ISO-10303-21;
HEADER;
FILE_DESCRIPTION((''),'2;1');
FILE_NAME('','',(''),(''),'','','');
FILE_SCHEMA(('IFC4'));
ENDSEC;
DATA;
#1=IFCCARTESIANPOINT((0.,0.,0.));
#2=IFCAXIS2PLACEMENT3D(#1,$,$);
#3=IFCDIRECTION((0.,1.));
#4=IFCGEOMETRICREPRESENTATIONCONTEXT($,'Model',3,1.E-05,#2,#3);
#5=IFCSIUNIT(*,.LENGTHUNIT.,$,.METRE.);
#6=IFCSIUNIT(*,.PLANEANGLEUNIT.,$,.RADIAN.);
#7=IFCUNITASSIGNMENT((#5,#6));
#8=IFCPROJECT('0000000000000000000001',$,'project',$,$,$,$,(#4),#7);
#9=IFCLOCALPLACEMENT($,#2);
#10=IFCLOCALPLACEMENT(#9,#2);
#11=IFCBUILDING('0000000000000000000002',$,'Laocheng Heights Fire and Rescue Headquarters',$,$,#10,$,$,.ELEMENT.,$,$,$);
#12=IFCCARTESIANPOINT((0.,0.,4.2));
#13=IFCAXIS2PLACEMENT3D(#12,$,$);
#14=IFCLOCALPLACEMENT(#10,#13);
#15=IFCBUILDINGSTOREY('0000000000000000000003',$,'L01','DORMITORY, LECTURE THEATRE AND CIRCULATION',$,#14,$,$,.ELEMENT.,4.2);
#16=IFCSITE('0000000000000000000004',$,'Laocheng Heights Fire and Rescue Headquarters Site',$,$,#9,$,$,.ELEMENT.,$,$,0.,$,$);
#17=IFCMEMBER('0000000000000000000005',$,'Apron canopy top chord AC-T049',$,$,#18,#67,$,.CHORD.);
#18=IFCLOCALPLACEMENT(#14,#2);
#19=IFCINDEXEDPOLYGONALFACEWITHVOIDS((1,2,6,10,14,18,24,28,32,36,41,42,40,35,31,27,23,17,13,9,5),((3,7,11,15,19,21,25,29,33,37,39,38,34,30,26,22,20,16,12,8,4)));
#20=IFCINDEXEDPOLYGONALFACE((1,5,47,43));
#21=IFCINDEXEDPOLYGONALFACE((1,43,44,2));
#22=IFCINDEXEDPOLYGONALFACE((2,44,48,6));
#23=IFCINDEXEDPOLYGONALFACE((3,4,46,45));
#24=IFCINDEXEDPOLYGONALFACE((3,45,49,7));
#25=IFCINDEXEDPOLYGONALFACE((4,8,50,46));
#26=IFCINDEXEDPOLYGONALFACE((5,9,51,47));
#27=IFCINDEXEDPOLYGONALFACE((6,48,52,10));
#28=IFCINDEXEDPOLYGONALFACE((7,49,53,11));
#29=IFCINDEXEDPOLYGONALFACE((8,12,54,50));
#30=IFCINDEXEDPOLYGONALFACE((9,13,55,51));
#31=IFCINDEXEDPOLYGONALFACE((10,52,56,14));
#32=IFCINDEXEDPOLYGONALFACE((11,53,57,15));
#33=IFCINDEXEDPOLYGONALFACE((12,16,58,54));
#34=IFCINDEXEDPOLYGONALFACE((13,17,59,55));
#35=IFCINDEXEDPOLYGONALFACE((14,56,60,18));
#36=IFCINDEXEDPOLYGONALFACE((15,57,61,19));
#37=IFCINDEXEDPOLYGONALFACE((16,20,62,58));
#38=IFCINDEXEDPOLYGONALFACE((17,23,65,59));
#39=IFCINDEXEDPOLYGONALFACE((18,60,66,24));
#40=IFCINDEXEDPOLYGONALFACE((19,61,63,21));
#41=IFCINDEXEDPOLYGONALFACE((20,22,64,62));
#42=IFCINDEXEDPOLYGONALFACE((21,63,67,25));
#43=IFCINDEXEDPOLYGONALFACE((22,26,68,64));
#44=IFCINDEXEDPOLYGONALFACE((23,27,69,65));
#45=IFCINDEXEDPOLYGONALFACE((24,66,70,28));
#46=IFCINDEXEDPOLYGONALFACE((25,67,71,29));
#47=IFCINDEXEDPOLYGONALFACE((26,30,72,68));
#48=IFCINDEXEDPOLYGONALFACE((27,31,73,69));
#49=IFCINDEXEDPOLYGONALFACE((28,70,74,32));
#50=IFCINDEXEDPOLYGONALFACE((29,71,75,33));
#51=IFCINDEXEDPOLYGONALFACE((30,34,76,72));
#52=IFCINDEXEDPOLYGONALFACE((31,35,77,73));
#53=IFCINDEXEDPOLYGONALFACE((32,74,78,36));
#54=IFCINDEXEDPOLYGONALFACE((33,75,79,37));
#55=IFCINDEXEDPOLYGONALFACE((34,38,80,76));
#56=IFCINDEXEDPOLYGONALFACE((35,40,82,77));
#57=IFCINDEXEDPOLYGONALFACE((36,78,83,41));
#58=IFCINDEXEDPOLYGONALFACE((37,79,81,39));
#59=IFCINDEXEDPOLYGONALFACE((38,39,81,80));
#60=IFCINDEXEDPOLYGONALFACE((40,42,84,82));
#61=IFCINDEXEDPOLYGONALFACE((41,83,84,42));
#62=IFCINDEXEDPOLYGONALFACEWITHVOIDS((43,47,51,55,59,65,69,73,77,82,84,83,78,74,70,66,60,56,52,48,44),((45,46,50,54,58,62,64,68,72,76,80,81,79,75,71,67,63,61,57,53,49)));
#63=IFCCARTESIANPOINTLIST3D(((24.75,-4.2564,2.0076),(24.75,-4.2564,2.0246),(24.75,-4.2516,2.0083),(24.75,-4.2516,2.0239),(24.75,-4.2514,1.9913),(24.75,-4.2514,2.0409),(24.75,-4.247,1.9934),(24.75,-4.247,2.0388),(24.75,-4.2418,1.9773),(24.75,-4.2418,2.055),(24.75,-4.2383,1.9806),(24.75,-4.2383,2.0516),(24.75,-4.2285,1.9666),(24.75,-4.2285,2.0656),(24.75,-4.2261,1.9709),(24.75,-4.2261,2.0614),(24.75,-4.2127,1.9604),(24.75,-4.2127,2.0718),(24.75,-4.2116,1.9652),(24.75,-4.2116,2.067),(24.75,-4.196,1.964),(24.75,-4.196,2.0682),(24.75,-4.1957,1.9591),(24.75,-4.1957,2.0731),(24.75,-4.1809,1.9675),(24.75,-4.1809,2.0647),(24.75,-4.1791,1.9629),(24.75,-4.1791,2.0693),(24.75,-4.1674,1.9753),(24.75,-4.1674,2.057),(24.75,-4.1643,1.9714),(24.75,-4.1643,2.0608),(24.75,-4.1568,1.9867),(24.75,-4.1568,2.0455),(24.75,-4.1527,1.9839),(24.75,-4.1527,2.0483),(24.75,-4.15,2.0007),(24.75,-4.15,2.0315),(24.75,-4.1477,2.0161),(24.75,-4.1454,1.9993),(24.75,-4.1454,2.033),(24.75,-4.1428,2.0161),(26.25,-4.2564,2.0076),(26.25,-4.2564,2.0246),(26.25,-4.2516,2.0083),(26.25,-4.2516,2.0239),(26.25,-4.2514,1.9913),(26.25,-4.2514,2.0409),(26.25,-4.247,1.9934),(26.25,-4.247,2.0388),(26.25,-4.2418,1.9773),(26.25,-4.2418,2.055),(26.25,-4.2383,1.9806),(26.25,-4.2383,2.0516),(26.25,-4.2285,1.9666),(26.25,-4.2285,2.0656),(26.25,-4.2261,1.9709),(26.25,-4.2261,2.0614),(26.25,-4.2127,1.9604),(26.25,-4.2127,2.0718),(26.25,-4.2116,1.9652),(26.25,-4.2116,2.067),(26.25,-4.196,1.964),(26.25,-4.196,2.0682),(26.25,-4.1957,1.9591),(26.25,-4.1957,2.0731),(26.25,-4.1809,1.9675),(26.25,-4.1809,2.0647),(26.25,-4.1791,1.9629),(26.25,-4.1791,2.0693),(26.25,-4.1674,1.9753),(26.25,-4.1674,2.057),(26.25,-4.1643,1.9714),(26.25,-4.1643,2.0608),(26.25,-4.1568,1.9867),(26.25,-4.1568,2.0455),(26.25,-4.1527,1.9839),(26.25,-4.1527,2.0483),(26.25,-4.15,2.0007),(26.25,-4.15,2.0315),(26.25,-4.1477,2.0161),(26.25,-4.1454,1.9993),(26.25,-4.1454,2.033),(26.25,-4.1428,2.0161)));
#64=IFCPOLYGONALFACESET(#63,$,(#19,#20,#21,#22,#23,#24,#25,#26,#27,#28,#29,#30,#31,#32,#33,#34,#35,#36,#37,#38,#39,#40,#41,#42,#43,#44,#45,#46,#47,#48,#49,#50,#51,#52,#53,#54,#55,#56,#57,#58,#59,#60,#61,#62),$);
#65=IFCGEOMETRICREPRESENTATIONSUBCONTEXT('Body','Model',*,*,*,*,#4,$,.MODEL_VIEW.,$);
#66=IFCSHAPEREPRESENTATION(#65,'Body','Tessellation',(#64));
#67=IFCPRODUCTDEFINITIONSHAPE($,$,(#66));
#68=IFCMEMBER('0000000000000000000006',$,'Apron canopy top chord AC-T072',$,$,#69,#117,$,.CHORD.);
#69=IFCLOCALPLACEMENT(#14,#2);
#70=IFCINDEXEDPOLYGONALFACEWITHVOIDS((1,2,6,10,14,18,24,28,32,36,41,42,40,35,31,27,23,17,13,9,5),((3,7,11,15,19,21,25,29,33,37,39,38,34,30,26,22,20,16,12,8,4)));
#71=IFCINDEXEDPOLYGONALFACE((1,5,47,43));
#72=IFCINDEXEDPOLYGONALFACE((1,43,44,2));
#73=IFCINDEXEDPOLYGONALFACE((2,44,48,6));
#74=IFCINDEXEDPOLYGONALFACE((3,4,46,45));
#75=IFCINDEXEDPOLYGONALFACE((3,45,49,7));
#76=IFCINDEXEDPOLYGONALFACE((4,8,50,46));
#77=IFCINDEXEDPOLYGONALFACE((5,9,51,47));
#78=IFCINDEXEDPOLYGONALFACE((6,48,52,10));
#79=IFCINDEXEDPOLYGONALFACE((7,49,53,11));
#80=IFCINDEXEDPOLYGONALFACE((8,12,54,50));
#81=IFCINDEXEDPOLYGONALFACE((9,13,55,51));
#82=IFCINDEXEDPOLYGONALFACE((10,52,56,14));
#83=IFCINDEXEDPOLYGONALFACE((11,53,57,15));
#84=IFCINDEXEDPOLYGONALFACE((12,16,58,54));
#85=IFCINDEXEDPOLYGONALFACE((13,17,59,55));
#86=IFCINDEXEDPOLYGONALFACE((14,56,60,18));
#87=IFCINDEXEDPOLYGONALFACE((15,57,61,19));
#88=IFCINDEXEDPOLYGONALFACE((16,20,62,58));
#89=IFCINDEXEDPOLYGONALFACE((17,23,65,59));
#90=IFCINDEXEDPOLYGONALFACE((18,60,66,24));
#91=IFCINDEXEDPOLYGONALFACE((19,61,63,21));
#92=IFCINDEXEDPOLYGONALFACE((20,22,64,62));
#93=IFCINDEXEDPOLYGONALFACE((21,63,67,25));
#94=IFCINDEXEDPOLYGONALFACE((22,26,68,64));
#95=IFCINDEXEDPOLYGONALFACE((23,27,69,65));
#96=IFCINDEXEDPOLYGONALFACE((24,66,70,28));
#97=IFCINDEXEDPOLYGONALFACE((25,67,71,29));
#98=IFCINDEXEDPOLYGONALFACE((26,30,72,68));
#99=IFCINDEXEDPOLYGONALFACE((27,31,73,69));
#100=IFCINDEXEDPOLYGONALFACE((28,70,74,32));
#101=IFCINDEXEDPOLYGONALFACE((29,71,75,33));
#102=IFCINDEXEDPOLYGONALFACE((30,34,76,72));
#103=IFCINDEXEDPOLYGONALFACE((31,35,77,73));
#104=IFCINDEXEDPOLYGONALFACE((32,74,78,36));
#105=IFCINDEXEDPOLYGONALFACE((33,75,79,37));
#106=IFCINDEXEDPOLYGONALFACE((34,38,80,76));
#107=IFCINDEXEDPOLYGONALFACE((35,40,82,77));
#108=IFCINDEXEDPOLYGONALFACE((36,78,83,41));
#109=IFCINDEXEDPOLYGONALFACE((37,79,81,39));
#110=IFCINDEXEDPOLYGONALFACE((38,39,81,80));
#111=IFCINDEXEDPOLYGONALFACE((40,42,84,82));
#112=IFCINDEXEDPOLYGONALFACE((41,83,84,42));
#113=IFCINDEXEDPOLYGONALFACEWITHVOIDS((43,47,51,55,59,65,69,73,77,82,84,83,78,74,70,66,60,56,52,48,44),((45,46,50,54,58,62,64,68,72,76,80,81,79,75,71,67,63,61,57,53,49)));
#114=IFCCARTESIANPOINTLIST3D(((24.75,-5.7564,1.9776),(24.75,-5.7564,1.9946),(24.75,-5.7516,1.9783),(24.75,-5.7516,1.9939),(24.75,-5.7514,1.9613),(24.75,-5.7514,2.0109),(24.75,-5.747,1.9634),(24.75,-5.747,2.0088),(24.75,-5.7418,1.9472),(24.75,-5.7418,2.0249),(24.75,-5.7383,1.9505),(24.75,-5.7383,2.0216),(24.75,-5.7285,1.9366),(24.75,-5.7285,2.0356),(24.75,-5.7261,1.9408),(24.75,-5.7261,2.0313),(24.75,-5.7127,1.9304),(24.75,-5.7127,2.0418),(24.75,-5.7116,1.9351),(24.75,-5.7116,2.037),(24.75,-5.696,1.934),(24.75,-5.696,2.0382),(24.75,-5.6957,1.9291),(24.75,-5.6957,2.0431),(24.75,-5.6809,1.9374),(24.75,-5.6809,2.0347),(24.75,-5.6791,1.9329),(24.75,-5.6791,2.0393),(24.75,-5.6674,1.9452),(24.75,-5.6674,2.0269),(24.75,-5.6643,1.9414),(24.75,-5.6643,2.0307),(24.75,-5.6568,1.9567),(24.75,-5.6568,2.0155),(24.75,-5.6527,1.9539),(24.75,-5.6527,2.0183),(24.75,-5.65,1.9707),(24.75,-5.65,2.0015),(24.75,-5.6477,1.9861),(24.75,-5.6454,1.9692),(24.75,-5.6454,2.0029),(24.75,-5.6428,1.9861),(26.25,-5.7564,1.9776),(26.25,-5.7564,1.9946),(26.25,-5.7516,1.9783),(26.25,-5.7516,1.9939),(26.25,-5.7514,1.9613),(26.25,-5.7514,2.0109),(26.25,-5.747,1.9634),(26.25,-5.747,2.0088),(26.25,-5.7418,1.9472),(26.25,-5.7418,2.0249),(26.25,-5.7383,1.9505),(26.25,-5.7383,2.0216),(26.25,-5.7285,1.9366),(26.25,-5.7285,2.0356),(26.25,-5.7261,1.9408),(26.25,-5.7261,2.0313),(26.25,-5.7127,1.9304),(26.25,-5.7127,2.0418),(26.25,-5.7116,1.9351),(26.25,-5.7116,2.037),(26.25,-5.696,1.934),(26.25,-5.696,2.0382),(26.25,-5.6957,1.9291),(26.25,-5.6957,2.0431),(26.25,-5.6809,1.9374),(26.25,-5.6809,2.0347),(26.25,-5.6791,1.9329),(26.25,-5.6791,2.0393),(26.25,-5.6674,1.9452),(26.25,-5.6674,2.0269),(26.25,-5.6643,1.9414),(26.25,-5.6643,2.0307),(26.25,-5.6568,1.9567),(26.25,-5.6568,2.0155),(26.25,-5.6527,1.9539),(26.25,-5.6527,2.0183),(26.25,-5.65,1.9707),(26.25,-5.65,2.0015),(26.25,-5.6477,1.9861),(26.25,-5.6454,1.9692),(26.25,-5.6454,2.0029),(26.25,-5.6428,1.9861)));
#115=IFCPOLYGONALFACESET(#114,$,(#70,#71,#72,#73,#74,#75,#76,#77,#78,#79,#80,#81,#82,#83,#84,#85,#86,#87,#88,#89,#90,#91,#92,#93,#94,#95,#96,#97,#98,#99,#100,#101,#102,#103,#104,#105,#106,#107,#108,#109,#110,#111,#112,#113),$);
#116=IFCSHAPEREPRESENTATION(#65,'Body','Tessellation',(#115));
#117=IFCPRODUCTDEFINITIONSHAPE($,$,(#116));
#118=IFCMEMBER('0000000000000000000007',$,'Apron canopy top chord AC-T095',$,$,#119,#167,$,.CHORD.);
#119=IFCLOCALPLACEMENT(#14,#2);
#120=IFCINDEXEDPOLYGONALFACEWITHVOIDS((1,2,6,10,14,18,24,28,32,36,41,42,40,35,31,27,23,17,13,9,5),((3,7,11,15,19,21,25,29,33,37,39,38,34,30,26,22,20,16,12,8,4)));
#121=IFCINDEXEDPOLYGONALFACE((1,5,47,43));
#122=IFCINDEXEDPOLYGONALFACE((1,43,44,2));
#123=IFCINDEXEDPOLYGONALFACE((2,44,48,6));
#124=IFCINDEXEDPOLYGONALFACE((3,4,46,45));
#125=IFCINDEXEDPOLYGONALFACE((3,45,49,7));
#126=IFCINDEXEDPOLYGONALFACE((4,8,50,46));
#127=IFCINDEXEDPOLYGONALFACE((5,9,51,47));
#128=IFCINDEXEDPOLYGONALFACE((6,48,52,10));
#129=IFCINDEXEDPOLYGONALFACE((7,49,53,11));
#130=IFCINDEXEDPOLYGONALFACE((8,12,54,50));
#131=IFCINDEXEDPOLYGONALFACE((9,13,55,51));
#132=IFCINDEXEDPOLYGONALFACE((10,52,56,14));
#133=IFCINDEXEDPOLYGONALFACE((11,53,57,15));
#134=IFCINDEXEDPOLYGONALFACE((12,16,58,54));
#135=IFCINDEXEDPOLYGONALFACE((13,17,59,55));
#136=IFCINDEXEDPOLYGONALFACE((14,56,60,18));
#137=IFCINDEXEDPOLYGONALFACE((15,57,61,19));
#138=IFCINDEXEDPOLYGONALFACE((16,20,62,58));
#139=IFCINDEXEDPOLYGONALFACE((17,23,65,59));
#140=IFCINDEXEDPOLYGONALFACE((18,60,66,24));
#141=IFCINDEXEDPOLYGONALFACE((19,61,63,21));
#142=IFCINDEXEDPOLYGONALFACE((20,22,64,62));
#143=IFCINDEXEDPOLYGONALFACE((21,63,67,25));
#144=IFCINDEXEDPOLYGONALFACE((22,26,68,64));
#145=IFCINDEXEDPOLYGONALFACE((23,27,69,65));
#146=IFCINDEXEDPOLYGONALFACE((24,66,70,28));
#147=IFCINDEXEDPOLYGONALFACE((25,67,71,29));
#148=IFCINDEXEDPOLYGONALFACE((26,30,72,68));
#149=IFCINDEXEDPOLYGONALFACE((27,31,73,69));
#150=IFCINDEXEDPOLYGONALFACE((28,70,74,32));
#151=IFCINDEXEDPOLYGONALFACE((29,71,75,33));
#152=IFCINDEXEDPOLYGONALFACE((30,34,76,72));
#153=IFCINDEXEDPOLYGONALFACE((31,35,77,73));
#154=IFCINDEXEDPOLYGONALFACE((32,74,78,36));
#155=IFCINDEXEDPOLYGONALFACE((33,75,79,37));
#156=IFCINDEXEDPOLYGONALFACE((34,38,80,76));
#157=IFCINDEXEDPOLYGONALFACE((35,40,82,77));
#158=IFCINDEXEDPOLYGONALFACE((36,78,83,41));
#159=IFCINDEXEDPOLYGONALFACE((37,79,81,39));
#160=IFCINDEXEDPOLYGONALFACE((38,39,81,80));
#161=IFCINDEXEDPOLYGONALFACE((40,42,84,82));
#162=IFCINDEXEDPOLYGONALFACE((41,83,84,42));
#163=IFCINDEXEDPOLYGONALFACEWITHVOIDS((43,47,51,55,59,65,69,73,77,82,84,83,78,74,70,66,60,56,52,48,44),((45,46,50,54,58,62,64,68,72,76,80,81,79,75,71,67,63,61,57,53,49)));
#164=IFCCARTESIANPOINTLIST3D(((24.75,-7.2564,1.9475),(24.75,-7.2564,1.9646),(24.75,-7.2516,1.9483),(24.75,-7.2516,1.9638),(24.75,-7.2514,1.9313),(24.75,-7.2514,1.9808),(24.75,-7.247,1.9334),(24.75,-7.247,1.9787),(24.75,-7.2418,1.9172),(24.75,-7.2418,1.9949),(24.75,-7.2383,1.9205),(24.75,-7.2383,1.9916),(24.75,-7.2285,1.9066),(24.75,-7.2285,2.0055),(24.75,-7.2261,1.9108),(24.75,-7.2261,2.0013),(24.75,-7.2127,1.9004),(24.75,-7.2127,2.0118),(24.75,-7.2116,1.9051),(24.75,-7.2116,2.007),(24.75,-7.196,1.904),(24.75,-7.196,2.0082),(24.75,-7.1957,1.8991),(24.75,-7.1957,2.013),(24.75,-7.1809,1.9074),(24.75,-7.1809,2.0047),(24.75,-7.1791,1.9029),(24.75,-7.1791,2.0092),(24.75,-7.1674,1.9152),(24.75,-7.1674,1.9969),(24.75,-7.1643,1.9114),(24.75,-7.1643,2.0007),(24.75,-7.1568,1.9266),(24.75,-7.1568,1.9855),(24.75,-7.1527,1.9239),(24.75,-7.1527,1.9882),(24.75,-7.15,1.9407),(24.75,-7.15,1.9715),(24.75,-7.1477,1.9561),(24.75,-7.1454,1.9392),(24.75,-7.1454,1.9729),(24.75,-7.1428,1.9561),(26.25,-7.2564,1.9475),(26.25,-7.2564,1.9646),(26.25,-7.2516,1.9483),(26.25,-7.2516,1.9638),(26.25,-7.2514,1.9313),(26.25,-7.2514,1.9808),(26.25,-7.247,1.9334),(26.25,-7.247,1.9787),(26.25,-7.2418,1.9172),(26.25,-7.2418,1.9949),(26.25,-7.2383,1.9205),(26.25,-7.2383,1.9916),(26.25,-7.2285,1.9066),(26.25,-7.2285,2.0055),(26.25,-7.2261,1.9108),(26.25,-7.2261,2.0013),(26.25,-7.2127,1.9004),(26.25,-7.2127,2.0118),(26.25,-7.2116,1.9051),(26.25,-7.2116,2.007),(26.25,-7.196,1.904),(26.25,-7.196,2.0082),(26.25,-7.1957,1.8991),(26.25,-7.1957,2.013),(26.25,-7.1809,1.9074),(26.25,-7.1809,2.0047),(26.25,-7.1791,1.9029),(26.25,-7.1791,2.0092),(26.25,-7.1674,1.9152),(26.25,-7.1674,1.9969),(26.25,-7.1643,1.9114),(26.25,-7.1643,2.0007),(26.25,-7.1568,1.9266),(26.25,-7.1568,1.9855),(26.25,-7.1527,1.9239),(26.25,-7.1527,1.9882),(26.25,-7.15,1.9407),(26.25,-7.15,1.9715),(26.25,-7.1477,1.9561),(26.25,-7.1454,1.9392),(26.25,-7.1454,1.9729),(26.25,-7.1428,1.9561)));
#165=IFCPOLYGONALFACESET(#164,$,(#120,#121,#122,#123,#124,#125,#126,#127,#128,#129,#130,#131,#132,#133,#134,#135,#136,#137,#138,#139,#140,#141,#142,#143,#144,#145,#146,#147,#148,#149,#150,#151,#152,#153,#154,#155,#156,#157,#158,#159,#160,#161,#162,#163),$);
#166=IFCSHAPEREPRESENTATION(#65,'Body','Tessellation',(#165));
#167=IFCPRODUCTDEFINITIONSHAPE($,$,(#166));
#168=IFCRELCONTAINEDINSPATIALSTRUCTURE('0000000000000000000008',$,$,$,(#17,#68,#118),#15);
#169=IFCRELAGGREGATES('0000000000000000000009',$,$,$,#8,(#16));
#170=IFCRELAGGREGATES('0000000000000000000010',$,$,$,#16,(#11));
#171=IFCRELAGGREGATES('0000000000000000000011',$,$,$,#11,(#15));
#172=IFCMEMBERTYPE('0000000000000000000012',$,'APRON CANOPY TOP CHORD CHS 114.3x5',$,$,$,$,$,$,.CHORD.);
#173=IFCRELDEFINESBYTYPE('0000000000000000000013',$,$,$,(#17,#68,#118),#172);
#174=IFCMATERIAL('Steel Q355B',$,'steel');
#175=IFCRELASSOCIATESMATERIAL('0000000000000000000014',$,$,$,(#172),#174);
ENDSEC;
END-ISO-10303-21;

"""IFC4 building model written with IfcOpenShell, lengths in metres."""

from ifc_helpers import new_model, si_unit, direction, frame, origin, origin_2d, place, context, subcontext, project, spatial, hollow_circle, extrude, material, material_profile, profile_set, type_object, element, save


model = new_model("IFC4")

# Units and contexts
model_context = context("Model", 3, precision=1e-05, world=origin(), true_north=direction((0.0, 1.0)))
body_context = subcontext(model_context, "Body", "Model", "MODEL_VIEW")
ifc_project = project(units=[si_unit("LENGTHUNIT", "METRE"), si_unit("PLANEANGLEUNIT", "RADIAN")], contexts=[model_context])

# Site, building, storey
site_placement = place(None, origin())
site = spatial("IfcSite", under=ifc_project, at=site_placement, Name="Laocheng Heights Fire and Rescue Headquarters Site", CompositionType="ELEMENT", RefElevation=0.0)
building_placement = place(site_placement, origin())
building = spatial("IfcBuilding", under=site, at=building_placement, Name="Laocheng Heights Fire and Rescue Headquarters", CompositionType="ELEMENT")
storey_placement = place(building_placement, frame((0.0, 0.0, 4.2)))
storey = spatial("IfcBuildingStorey", under=building, at=storey_placement, Name="L01", Description="DORMITORY, LECTURE THEATRE AND CIRCULATION", CompositionType="ELEMENT", Elevation=4.2)

# Members
ifc_material_1 = material(Name="Steel Q355B", Category="steel")
ifc_material_profile_1 = material_profile(ifc_material_1, hollow_circle(Radius=0.0571, WallThickness=0.0049, at=origin_2d()), Name="CHS 114.3x5")
ifc_profile_set_1 = profile_set([ifc_material_profile_1], Name="Steel Q355B")
member_type = type_object("IfcMemberType", Name="APRON CANOPY TOP CHORD CHS 114.3x5", PredefinedType="CHORD", material=ifc_profile_set_1)
for number, where, z_axis, x_axis, name in (
    (1, (24.75, -4.2, 2.0161), (1.0, 0.0, 0.0), (0.0, 1.0, 0.0), "Apron canopy top chord AC-T049"),
    (2, (24.75, -5.7, 1.9861), (1.0, 0.0, 0.0), (0.0, 1.0, 0.0), "Apron canopy top chord AC-T072"),
    (3, (24.75, -7.2, 1.9561), (1.0, 0.0, 0.0), (0.0, 1.0, 0.0), "Apron canopy top chord AC-T095"),
):
    element("IfcMember", number, at=place(storey_placement, frame(where, z_axis=z_axis, x_axis=x_axis)), inside=storey, type_object=member_type, Name=name, PredefinedType="CHORD", context=body_context, shape_type="SweptSolid", body=[
        extrude(hollow_circle(Radius=0.0571, WallThickness=0.0049, at=origin_2d()), origin(), (0.0, 0.0, 1.0), 1.5),
    ])

save(model, "model.ifc")
